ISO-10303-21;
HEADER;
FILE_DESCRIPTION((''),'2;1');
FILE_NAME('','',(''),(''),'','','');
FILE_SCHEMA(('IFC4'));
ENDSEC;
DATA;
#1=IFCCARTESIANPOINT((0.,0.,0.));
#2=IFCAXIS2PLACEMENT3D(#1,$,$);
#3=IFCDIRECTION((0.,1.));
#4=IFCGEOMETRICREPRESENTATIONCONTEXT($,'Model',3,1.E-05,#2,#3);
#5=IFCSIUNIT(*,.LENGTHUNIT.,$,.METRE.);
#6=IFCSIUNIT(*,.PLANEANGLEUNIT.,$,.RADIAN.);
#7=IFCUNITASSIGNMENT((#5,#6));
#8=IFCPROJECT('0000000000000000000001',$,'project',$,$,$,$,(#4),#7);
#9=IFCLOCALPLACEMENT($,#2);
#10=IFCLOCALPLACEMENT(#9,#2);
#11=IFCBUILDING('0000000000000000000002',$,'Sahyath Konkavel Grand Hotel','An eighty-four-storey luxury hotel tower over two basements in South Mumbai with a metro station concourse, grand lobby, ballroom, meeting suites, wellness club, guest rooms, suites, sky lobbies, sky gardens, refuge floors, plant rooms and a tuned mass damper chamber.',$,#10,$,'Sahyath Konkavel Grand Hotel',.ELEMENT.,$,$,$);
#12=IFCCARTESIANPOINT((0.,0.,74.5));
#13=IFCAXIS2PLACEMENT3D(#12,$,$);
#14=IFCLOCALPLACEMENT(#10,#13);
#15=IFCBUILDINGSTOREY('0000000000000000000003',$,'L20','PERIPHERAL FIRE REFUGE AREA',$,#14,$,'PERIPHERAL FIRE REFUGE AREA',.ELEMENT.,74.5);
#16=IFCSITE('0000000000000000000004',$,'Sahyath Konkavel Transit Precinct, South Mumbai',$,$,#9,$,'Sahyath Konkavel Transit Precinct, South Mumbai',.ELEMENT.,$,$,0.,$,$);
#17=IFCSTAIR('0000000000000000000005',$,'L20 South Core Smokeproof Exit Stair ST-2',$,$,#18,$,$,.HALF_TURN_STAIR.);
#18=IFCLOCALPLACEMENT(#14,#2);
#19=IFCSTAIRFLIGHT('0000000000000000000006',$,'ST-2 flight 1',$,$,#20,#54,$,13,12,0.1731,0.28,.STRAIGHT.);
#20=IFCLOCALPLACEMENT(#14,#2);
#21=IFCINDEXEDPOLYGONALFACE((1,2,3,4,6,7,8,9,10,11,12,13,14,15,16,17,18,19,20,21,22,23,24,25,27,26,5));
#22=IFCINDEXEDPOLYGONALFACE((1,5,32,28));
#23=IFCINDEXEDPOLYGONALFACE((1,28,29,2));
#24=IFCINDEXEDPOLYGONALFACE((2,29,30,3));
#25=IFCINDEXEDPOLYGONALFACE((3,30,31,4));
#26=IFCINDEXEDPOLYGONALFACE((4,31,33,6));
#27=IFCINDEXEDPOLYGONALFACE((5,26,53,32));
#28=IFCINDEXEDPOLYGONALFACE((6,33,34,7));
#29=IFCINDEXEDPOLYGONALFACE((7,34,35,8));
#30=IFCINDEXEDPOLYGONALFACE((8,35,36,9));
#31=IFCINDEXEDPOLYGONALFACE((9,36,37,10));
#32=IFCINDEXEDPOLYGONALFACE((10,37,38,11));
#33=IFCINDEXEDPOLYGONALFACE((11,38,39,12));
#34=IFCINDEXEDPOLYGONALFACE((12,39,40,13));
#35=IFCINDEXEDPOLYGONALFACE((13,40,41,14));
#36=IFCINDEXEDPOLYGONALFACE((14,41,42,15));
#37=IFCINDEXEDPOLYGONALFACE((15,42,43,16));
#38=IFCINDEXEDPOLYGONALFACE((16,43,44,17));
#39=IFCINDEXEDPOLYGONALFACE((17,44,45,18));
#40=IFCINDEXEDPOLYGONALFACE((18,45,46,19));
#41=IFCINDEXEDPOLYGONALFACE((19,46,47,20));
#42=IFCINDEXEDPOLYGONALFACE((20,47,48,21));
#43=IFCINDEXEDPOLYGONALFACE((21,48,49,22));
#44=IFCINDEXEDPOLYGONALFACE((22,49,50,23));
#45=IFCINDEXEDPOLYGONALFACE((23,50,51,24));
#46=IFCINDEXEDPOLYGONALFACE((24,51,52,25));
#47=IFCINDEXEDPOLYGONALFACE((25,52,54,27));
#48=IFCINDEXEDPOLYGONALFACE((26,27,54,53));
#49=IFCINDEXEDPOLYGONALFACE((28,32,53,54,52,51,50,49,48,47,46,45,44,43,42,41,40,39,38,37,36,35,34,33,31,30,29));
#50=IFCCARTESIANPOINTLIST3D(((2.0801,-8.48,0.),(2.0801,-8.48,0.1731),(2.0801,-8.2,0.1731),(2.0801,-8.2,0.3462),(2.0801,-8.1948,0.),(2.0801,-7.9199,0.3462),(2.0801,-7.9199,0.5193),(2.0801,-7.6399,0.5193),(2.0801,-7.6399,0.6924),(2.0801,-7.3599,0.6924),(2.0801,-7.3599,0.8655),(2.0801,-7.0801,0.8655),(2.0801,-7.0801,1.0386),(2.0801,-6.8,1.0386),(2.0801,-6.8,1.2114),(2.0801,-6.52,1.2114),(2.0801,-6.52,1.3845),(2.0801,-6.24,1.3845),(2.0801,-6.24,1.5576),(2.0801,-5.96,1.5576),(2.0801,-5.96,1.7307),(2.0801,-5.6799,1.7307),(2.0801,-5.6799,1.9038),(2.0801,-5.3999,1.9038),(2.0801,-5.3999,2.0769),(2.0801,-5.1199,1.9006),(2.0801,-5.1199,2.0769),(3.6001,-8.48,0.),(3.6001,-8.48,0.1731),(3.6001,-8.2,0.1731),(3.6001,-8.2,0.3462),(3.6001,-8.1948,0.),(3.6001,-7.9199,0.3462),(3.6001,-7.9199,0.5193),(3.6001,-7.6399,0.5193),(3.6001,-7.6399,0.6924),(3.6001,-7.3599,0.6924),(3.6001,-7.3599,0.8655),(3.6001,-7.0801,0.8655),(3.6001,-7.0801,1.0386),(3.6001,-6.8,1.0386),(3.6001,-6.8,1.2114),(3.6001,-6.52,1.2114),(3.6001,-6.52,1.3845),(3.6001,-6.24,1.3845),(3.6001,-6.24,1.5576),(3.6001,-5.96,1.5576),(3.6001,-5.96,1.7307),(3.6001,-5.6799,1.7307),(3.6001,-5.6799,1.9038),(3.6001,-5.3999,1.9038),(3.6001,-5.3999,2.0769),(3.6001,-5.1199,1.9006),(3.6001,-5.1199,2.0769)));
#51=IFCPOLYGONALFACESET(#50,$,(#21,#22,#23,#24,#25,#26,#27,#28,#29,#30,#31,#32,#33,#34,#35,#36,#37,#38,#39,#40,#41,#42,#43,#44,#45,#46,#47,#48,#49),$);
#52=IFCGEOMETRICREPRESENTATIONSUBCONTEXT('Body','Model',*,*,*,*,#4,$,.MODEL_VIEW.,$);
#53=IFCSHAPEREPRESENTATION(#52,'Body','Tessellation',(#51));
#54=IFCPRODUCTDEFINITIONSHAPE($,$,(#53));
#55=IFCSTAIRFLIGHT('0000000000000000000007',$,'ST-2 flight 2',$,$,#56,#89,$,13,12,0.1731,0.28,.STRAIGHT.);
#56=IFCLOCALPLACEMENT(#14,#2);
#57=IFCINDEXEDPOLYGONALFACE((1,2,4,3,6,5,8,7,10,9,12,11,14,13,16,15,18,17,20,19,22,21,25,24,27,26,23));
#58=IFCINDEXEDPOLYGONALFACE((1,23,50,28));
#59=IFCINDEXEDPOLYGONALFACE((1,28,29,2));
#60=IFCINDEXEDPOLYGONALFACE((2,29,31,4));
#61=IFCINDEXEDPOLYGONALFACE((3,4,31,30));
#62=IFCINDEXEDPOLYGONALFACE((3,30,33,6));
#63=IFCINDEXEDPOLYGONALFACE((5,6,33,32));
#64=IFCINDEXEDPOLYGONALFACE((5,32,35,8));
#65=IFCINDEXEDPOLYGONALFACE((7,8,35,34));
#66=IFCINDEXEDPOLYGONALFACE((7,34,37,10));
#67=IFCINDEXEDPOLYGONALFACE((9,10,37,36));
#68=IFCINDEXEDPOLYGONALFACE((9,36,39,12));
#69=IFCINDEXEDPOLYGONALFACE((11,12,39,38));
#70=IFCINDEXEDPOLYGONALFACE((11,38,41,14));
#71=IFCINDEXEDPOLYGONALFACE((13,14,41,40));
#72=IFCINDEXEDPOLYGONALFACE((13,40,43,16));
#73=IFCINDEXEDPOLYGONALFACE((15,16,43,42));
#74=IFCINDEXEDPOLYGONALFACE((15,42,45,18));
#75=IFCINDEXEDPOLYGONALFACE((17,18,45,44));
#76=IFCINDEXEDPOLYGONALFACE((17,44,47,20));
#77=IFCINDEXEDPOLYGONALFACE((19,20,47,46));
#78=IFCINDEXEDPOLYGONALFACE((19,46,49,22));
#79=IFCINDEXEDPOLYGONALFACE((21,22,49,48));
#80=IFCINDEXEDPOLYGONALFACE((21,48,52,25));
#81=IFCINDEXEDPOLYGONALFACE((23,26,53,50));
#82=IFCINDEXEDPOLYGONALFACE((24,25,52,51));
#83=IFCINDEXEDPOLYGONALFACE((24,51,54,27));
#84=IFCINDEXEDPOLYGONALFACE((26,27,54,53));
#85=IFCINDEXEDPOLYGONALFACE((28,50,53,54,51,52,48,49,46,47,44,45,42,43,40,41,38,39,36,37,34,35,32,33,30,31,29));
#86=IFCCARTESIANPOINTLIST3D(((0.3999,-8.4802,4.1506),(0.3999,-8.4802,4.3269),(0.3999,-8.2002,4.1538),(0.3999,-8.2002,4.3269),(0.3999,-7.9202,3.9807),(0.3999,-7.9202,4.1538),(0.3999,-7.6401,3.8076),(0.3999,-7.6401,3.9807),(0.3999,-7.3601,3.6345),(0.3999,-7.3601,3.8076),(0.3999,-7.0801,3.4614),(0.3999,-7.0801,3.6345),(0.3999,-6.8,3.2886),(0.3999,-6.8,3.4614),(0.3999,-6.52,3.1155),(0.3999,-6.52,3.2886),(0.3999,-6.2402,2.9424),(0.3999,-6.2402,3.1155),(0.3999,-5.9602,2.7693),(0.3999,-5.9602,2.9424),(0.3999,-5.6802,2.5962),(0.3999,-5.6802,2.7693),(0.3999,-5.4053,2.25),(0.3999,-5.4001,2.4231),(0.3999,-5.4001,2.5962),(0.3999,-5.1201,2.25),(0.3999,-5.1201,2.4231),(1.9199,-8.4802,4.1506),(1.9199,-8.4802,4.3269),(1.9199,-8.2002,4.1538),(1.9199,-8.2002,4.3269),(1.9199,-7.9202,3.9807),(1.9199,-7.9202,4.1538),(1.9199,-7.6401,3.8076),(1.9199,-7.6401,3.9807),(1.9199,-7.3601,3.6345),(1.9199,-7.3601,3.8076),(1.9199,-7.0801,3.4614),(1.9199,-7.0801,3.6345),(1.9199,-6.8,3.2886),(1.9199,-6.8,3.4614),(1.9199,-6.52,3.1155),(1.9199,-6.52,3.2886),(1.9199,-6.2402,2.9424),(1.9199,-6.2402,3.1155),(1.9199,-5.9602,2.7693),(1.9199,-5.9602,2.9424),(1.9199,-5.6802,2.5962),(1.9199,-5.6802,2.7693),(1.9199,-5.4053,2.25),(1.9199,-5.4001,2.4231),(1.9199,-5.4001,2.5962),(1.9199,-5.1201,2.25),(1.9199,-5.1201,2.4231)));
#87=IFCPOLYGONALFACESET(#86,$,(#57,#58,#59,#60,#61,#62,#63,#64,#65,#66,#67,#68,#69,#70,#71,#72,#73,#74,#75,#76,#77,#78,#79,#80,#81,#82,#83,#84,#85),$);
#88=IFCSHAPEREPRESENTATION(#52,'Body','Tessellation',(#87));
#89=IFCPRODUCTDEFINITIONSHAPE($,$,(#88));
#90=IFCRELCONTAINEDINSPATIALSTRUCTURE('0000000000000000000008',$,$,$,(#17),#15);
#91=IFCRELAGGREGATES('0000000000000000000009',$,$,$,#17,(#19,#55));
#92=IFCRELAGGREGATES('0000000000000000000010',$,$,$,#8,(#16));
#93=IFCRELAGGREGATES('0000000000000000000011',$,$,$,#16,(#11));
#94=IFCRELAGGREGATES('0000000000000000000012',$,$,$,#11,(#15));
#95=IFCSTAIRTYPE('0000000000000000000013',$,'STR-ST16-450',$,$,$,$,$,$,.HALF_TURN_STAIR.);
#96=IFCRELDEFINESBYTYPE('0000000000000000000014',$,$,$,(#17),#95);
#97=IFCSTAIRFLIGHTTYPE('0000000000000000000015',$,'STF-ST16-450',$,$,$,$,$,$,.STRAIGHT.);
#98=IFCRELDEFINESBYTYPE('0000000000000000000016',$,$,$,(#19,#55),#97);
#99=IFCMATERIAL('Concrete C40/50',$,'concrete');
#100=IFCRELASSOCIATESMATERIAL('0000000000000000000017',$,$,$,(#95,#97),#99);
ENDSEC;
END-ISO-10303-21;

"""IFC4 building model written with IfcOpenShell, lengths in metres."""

from ifc_helpers import new_model, si_unit, direction, frame, origin, place, context, subcontext, project, spatial, polyline, outline, extrude, material, type_object, element, aggregate, save


model = new_model("IFC4")

# Units and contexts
model_context = context("Model", 3, precision=1e-05, world=origin(), true_north=direction((0.0, 1.0)))
body_context = subcontext(model_context, "Body", "Model", "MODEL_VIEW")
ifc_project = project(units=[si_unit("LENGTHUNIT", "METRE"), si_unit("PLANEANGLEUNIT", "RADIAN")], contexts=[model_context])

# Site, building, storey
site_placement = place(None, origin())
site = spatial("IfcSite", under=ifc_project, at=site_placement, Name="Sahyath Konkavel Transit Precinct, South Mumbai", LongName="Sahyath Konkavel Transit Precinct, South Mumbai", CompositionType="ELEMENT", RefElevation=0.0)
building_placement = place(site_placement, origin())
building = spatial("IfcBuilding", under=site, at=building_placement, Name="Sahyath Konkavel Grand Hotel", Description="An eighty-four-storey luxury hotel tower over two basements in South Mumbai with a metro station concourse, grand lobby, ballroom, meeting suites, wellness club, guest rooms, suites, sky lobbies, sky gardens, refuge floors, plant rooms and a tuned mass damper chamber.", LongName="Sahyath Konkavel Grand Hotel", CompositionType="ELEMENT")
storey_placement = place(building_placement, frame((0.0, 0.0, 74.5)))
storey = spatial("IfcBuildingStorey", under=building, at=storey_placement, Name="L20", Description="PERIPHERAL FIRE REFUGE AREA", LongName="PERIPHERAL FIRE REFUGE AREA", CompositionType="ELEMENT", Elevation=74.5)

# Shared definitions
ifc_material_1 = material(Name="Concrete C40/50", Category="concrete")

# Stair, stair flights
stair_type = type_object("IfcStairType", Name="STR-ST16-450", PredefinedType="HALF_TURN_STAIR", material=ifc_material_1)
stair_placement = place(storey_placement, origin())
stair = element("IfcStair", 1, at=stair_placement, inside=storey, type_object=stair_type, Name="L20 South Core Smokeproof Exit Stair ST-2", PredefinedType="HALF_TURN_STAIR")
stair_flight_type = type_object("IfcStairFlightType", Name="STF-ST16-450", PredefinedType="STRAIGHT", material=ifc_material_1)
stair_flight_1_placement = place(storey_placement, frame((2.8401, -8.48, 0.0), z_axis=(0.0, 0.0, 1.0), x_axis=(0.0, 1.0, 0.0)))
stair_flight_1 = element("IfcStairFlight", 2, at=stair_flight_1_placement, type_object=stair_flight_type, Name="ST-2 flight 1", NumberOfRisers=13, NumberOfTreads=12, PredefinedType="STRAIGHT", RiserHeight=0.1731, TreadLength=0.28, context=body_context, shape_type="SweptSolid", body=[
    extrude(outline(polyline([(0.0, 0.0), (0.0, 0.1731), (0.28, 0.1731), (0.28, 0.3462), (0.5601, 0.3462), (0.5601, 0.5193), (0.8401, 0.5193), (0.8401, 0.6924), (1.1201, 0.6924), (1.1201, 0.8655), (1.3999, 0.8655), (1.3999, 1.0386), (1.6799, 1.0386), (1.6799, 1.2114), (1.96, 1.2114), (1.96, 1.3845), (2.24, 1.3845), (2.24, 1.5576), (2.52, 1.5576), (2.52, 1.7307), (2.8, 1.7307), (2.8, 1.9038), (3.0801, 1.9038), (3.0801, 2.0769), (3.3601, 2.0769), (3.3601, 2.25), (3.3601, 1.9006), (0.2852, 0.0), (0.0, 0.0)])), frame((0.0, 0.76, 0.0), z_axis=(0.0, -1.0, 0.0), x_axis=(1.0, 0.0, 0.0)), (0.0, 0.0, 1.0), 1.52),
])
stair_flight_2_placement = place(storey_placement, frame((1.1599, -5.1201, 2.25), z_axis=(0.0, 0.0, 1.0), x_axis=(0.0, -1.0, 0.0)))
stair_flight_2 = element("IfcStairFlight", 3, at=stair_flight_2_placement, type_object=stair_flight_type, Name="ST-2 flight 2", NumberOfRisers=13, NumberOfTreads=12, PredefinedType="STRAIGHT", RiserHeight=0.1731, TreadLength=0.28, context=body_context, shape_type="SweptSolid", body=[
    extrude(outline(polyline([(0.0, 0.0), (0.0, 0.1731), (0.28, 0.1731), (0.28, 0.3462), (0.5601, 0.3462), (0.5601, 0.5193), (0.8401, 0.5193), (0.8401, 0.6924), (1.1201, 0.6924), (1.1201, 0.8655), (1.3999, 0.8655), (1.3999, 1.0386), (1.6799, 1.0386), (1.6799, 1.2114), (1.96, 1.2114), (1.96, 1.3845), (2.24, 1.3845), (2.24, 1.5576), (2.52, 1.5576), (2.52, 1.7307), (2.8, 1.7307), (2.8, 1.9038), (3.0801, 1.9038), (3.0801, 2.0769), (3.3601, 2.0769), (3.3601, 2.25), (3.3601, 1.9006), (0.2852, 0.0), (0.0, 0.0)])), frame((0.0, 0.76, 0.0), z_axis=(0.0, -1.0, 0.0), x_axis=(1.0, 0.0, 0.0)), (0.0, 0.0, 1.0), 1.52),
])
aggregate(stair, [stair_flight_1, stair_flight_2])

save(model, "model.ifc")
